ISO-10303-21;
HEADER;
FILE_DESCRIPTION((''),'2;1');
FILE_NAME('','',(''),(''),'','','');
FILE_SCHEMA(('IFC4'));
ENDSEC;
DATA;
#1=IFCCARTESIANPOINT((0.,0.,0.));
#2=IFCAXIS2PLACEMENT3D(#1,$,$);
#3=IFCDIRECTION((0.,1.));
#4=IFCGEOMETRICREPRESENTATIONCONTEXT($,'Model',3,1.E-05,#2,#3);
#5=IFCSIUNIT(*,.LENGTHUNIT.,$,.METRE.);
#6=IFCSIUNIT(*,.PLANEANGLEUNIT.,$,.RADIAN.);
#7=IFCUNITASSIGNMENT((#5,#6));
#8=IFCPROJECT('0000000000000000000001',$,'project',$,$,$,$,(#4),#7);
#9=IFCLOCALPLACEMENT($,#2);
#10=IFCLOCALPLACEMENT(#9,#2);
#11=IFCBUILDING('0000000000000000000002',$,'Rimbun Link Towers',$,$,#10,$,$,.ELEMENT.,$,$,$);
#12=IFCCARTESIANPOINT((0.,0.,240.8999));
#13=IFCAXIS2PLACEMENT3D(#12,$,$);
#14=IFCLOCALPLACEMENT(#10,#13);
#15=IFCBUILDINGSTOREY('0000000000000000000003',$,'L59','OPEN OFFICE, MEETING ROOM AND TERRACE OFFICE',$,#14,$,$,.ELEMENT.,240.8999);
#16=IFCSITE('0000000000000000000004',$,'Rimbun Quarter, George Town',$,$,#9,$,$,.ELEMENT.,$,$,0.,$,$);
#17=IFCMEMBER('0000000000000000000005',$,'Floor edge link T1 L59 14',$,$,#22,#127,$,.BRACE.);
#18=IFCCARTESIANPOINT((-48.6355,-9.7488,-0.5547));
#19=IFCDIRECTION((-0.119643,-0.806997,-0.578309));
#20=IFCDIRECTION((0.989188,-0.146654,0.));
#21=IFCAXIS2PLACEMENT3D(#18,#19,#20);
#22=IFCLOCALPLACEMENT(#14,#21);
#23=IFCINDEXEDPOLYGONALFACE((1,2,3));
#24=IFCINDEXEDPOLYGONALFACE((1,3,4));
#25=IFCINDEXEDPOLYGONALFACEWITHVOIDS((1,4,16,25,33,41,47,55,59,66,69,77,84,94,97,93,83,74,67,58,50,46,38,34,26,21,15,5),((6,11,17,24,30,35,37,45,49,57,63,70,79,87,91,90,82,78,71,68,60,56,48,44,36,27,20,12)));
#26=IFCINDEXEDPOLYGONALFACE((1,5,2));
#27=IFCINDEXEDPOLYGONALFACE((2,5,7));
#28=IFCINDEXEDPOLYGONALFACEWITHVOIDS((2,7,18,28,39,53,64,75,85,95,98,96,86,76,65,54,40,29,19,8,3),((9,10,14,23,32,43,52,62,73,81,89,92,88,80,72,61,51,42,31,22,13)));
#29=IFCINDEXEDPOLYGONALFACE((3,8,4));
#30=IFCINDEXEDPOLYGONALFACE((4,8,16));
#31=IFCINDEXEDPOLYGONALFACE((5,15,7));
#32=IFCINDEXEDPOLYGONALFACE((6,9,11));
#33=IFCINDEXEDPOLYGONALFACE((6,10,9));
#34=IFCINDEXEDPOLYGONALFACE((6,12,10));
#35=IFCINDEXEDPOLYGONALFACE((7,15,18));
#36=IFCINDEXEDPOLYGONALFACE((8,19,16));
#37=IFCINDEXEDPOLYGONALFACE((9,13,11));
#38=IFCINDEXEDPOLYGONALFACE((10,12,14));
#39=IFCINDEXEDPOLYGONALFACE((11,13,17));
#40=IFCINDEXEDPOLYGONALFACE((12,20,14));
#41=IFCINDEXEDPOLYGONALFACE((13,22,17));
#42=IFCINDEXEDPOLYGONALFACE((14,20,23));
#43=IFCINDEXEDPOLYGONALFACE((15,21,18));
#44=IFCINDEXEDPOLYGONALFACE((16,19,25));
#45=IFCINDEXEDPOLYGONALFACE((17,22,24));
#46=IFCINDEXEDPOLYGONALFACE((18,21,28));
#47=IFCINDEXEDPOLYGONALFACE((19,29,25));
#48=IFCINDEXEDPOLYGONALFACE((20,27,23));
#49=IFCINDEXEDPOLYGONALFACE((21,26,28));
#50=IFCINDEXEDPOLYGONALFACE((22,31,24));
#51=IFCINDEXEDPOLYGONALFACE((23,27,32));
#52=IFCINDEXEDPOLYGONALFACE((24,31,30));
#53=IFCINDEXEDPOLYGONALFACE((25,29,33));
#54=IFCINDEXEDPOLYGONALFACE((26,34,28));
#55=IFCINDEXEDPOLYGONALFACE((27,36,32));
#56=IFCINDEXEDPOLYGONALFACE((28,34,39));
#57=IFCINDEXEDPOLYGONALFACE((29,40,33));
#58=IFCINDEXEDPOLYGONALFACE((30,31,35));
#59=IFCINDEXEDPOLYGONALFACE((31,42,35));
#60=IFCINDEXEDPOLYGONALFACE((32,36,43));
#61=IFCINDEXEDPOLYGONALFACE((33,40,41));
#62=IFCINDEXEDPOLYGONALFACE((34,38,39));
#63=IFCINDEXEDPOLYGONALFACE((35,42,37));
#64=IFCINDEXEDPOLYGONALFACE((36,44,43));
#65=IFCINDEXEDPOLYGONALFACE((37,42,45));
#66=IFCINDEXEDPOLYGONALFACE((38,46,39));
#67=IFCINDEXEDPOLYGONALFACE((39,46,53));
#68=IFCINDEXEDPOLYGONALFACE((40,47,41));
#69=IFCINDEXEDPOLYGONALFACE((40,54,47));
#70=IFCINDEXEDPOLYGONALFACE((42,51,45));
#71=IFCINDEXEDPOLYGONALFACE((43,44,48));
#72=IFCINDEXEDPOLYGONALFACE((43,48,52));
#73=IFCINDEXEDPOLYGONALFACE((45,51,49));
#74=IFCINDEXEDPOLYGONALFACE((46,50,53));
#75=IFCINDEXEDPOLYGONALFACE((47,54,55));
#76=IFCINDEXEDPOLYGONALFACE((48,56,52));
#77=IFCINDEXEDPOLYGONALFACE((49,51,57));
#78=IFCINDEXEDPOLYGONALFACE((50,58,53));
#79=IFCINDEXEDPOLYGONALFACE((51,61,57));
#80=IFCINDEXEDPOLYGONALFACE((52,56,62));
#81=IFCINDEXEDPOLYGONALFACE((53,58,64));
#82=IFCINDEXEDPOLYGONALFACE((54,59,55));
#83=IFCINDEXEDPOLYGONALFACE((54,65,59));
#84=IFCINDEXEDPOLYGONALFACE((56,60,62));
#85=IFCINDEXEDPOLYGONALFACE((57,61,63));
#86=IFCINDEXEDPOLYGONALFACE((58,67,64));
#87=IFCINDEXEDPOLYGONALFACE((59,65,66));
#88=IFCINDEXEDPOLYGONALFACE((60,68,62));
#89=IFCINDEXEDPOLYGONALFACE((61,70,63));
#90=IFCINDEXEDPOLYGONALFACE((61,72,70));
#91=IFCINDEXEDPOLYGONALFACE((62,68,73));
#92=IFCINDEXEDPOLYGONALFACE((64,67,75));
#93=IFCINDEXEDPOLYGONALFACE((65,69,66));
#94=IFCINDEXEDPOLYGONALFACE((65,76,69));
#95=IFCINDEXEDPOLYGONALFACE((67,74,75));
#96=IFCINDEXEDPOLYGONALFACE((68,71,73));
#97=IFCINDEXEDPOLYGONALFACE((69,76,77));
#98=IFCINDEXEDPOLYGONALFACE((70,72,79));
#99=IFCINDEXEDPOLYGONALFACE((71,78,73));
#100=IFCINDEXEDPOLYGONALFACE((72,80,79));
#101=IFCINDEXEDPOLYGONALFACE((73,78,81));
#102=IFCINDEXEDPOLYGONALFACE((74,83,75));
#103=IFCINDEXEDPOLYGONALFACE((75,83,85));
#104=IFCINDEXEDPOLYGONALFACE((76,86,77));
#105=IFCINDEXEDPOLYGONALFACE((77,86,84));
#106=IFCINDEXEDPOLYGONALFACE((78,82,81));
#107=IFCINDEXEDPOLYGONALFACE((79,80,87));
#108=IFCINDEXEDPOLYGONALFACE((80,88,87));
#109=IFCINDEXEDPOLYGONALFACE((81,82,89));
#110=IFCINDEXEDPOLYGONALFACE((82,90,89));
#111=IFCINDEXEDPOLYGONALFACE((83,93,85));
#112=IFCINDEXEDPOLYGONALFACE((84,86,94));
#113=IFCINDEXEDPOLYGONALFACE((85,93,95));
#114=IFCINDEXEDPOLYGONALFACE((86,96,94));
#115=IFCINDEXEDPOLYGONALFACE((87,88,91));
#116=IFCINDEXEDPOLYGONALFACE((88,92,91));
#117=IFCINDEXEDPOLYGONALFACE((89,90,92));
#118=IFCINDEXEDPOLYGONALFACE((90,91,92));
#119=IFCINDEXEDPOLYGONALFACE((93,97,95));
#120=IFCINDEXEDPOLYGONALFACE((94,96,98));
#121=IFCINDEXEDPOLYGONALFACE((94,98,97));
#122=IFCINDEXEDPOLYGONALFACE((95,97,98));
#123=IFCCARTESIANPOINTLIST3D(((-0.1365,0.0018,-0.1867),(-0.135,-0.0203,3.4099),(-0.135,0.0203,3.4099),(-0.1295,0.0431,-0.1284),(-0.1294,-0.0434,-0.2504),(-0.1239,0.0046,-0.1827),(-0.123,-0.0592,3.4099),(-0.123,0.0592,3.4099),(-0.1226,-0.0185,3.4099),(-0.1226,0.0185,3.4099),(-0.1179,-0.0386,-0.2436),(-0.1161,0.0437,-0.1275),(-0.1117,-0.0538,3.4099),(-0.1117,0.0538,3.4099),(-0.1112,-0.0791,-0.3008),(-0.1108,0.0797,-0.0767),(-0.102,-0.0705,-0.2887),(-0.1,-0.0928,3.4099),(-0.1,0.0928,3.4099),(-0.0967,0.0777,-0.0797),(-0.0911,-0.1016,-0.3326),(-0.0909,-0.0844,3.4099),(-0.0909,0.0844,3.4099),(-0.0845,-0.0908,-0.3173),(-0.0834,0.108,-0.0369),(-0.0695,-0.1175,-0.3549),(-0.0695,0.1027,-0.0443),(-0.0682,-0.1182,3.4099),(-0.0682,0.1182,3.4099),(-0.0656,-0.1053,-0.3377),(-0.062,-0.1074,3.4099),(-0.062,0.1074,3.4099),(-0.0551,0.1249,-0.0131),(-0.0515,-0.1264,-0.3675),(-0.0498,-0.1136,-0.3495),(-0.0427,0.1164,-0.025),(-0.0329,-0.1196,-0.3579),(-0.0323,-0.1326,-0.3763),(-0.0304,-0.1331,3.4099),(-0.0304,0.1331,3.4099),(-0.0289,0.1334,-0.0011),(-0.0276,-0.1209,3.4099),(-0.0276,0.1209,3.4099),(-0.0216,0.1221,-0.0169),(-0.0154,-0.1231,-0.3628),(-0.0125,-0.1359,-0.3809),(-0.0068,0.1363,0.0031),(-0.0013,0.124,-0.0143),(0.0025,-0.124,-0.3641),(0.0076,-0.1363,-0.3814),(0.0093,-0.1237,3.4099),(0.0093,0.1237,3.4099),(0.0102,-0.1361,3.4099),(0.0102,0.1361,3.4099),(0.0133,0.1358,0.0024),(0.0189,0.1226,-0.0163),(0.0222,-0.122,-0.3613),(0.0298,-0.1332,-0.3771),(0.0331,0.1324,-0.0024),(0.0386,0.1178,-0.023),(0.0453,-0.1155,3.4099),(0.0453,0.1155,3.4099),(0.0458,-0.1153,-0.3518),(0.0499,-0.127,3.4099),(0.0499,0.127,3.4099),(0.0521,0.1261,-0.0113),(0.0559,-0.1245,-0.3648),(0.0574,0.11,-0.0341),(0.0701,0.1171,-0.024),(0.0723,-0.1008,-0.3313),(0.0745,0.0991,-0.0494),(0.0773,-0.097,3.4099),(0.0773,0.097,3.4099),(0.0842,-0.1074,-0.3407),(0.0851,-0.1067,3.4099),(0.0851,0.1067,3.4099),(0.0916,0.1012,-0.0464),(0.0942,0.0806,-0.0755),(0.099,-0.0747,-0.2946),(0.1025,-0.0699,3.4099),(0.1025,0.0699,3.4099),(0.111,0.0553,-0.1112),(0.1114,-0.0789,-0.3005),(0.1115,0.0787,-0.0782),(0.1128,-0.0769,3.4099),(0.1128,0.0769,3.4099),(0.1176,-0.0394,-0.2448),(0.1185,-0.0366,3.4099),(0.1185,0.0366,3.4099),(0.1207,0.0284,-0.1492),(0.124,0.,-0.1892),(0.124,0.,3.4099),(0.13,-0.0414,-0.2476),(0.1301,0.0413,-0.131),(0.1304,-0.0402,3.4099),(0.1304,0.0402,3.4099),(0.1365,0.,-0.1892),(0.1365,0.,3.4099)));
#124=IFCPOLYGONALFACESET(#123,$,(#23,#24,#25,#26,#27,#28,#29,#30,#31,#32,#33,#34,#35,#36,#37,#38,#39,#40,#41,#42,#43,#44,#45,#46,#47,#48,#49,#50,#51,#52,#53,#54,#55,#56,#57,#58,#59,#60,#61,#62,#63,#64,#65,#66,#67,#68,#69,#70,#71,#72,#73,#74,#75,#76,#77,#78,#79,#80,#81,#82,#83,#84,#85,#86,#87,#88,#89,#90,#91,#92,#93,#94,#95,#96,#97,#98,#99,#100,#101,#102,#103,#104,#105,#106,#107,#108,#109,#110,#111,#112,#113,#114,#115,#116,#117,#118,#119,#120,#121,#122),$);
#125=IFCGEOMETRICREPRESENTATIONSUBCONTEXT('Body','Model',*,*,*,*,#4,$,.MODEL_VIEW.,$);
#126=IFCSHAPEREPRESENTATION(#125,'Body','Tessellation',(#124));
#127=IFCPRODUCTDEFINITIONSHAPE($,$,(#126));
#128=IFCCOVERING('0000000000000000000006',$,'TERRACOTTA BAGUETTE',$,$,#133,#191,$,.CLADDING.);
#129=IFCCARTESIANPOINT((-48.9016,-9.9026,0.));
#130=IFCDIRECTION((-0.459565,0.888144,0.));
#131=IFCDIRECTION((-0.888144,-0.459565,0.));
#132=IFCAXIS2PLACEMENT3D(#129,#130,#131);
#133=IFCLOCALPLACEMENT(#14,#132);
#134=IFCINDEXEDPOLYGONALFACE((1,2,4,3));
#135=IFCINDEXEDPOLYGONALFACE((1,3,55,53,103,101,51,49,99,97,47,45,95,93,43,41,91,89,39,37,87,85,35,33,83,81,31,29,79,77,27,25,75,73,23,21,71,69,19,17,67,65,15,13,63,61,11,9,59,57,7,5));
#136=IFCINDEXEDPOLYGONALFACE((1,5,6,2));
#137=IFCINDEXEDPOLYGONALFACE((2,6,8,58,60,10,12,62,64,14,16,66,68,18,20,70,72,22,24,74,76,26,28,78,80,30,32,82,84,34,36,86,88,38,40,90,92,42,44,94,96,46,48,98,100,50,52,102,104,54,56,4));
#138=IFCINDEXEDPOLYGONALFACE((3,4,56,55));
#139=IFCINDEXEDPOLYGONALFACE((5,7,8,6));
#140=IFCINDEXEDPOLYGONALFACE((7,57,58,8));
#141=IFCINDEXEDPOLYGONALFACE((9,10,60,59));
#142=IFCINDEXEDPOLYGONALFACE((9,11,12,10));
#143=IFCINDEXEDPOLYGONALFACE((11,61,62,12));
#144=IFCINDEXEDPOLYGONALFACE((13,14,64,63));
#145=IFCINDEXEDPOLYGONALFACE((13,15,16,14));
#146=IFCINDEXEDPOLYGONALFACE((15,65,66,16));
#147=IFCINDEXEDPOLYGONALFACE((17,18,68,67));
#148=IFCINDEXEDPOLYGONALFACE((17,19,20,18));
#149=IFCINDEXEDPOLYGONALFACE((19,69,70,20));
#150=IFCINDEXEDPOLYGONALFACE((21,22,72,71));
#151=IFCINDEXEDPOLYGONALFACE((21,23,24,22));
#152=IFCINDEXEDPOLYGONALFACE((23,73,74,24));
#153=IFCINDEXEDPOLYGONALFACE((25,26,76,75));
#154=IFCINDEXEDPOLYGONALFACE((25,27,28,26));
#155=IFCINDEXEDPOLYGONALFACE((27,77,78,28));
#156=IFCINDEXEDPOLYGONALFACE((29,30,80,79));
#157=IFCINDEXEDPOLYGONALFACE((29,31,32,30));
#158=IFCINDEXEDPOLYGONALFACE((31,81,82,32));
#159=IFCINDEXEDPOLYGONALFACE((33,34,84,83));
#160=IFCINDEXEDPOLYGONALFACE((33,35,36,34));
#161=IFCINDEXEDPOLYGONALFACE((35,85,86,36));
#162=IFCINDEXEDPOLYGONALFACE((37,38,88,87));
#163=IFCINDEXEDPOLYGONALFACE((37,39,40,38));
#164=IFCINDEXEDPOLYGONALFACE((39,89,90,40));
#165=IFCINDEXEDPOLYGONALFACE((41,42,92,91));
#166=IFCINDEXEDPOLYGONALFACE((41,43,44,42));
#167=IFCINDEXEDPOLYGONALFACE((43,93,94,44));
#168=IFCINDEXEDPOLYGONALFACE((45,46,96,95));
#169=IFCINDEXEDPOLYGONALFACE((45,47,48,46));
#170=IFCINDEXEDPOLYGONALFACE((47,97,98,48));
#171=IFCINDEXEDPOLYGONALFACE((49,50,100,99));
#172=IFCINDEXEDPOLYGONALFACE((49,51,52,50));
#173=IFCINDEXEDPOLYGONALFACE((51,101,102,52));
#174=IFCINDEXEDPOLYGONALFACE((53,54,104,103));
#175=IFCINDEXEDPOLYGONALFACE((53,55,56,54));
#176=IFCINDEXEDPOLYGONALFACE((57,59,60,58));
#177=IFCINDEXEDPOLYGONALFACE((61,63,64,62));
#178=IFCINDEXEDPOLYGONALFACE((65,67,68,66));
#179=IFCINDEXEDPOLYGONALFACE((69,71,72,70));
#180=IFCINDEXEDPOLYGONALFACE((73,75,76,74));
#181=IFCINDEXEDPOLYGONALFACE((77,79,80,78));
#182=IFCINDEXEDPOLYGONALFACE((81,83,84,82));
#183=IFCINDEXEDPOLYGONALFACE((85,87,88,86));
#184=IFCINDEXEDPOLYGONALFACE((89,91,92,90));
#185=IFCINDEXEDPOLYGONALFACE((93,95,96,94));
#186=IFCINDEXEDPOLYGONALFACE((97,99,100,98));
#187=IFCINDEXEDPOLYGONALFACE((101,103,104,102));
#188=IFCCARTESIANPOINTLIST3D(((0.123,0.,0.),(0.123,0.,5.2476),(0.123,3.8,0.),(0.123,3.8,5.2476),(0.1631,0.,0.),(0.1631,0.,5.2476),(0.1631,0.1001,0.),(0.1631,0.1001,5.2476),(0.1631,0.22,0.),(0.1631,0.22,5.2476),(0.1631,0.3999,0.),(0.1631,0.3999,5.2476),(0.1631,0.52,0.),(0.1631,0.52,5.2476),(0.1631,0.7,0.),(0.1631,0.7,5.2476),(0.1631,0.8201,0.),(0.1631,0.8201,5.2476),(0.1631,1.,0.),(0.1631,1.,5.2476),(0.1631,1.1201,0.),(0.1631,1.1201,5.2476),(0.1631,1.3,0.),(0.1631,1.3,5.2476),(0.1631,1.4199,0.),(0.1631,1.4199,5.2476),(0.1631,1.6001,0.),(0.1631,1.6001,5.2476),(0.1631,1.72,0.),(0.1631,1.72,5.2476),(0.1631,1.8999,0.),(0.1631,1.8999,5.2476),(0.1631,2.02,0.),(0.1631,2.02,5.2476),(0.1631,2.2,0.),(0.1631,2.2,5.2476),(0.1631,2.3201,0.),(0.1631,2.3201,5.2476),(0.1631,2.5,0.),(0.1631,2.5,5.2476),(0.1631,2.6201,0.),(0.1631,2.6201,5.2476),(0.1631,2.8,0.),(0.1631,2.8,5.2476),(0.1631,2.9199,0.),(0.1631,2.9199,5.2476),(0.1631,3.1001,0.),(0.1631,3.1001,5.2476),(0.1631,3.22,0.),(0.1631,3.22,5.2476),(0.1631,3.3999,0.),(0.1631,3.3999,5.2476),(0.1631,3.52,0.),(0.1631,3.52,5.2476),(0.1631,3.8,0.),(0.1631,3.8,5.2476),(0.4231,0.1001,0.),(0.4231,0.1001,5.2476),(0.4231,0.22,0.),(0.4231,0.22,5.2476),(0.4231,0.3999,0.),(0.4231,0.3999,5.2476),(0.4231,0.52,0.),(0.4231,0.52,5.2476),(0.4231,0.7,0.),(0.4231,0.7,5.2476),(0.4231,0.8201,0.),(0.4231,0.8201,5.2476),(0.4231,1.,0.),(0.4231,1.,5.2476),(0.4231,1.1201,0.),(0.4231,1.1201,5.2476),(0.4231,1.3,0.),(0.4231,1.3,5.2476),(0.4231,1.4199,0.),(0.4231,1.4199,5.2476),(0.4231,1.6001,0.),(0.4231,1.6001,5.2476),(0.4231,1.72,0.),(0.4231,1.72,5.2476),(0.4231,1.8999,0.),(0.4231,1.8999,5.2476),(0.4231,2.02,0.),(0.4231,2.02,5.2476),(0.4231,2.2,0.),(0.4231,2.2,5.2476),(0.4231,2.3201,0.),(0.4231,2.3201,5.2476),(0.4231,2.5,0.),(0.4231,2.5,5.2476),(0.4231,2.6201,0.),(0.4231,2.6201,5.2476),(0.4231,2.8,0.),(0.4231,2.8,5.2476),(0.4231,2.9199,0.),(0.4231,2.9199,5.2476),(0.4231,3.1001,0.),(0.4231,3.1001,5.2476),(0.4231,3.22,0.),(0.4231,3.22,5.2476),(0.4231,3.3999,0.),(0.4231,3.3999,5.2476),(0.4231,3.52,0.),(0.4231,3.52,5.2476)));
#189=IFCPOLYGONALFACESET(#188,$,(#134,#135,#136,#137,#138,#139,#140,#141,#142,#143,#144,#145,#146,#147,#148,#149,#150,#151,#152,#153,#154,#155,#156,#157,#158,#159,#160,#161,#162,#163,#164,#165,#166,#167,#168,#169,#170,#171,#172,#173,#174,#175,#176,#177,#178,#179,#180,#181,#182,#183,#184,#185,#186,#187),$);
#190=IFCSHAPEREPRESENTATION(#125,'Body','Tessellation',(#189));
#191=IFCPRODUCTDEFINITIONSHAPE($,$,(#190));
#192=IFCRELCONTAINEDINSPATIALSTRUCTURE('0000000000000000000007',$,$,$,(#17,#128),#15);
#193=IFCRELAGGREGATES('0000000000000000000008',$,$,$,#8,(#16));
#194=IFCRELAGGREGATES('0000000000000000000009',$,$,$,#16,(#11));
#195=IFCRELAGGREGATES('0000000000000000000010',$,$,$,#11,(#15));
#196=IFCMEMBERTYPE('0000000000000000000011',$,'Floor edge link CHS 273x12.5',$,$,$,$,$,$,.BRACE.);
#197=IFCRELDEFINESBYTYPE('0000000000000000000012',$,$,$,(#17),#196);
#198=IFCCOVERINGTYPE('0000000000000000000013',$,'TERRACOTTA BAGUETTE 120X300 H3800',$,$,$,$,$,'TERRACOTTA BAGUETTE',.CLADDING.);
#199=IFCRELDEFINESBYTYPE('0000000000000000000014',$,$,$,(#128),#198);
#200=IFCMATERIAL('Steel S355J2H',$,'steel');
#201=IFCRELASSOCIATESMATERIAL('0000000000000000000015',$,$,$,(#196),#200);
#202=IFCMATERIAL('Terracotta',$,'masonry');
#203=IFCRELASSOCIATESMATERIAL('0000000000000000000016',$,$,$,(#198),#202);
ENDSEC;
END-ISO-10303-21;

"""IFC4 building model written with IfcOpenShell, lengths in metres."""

from ifc_helpers import new_model, si_unit, direction, frame, origin, origin_2d, place, context, subcontext, project, spatial, polyline, hollow_circle, outline, extrude, clip, halfspace, material, material_profile, profile_set, type_object, element, save


model = new_model("IFC4")

# Units and contexts
model_context = context("Model", 3, precision=1e-05, world=origin(), true_north=direction((0.0, 1.0)))
body_context = subcontext(model_context, "Body", "Model", "MODEL_VIEW")
ifc_project = project(units=[si_unit("LENGTHUNIT", "METRE"), si_unit("PLANEANGLEUNIT", "RADIAN")], contexts=[model_context])

# Site, building, storey
site_placement = place(None, origin())
site = spatial("IfcSite", under=ifc_project, at=site_placement, Name="Rimbun Quarter, George Town", CompositionType="ELEMENT", RefElevation=0.0)
building_placement = place(site_placement, origin())
building = spatial("IfcBuilding", under=site, at=building_placement, Name="Rimbun Link Towers", CompositionType="ELEMENT")
storey_placement = place(building_placement, frame((0.0, 0.0, 240.8999)))
storey = spatial("IfcBuildingStorey", under=building, at=storey_placement, Name="L59", Description="OPEN OFFICE, MEETING ROOM AND TERRACE OFFICE", CompositionType="ELEMENT", Elevation=240.8999)

# Member
ifc_material_1 = material(Name="Steel S355J2H", Category="steel")
ifc_material_profile_1 = material_profile(ifc_material_1, hollow_circle(Radius=0.1365, WallThickness=0.0125, at=origin_2d()), Name="CHS 273x12.5")
ifc_profile_set_1 = profile_set([ifc_material_profile_1], Name="Steel S355J2H")
member_type_1 = type_object("IfcMemberType", Name="Floor edge link CHS 273x12.5", PredefinedType="BRACE", material=ifc_profile_set_1)
member_1_placement = place(storey_placement, frame((-48.6355, -9.7488, -0.5547), z_axis=(-0.119643, -0.806997, -0.578309), x_axis=(0.989188, -0.146654, 0.0)))
element("IfcMember", 1, at=member_1_placement, inside=storey, type_object=member_type_1, Name="Floor edge link T1 L59 14", PredefinedType="BRACE", context=body_context, shape_type="Clipping", body=[
    clip(extrude(hollow_circle(Radius=0.1365, WallThickness=0.0125, at=origin_2d()), frame((0.0, 0.0, -0.4023)), (0.0, 0.0, 1.0), 3.8123), halfspace(frame((0.0, 0.0, -0.1892), z_axis=(0.0, 0.815818, -0.578309)), False)),
])

# Covering
ifc_material_2 = material(Name="Terracotta", Category="masonry")
ifc_material_profile_2 = material_profile(ifc_material_2, outline(polyline([(0.123, 0.0), (0.1631, 0.0), (0.1631, 0.1001), (0.4231, 0.1001), (0.4231, 0.22), (0.1631, 0.22), (0.1631, 0.3999), (0.4231, 0.3999), (0.4231, 0.52), (0.1631, 0.52), (0.1631, 0.7), (0.4231, 0.7), (0.4231, 0.8201), (0.1631, 0.8201), (0.1631, 1.0), (0.4231, 1.0), (0.4231, 1.1201), (0.1631, 1.1201), (0.1631, 1.3), (0.4231, 1.3), (0.4231, 1.4199), (0.1631, 1.4199), (0.1631, 1.6001), (0.4231, 1.6001), (0.4231, 1.72), (0.1631, 1.72), (0.1631, 1.8999), (0.4231, 1.8999), (0.4231, 2.02), (0.1631, 2.02), (0.1631, 2.2), (0.4231, 2.2), (0.4231, 2.3201), (0.1631, 2.3201), (0.1631, 2.5), (0.4231, 2.5), (0.4231, 2.6201), (0.1631, 2.6201), (0.1631, 2.8), (0.4231, 2.8), (0.4231, 2.9199), (0.1631, 2.9199), (0.1631, 3.1001), (0.4231, 3.1001), (0.4231, 3.22), (0.1631, 3.22), (0.1631, 3.3999), (0.4231, 3.3999), (0.4231, 3.52), (0.1631, 3.52), (0.1631, 3.8), (0.123, 3.8), (0.123, 0.0)])), Name="BAGUETTE 120X300")
ifc_profile_set_2 = profile_set([ifc_material_profile_2], Name="Terracotta")
covering_type = type_object("IfcCoveringType", Name="TERRACOTTA BAGUETTE 120X300 H3800", ElementType="TERRACOTTA BAGUETTE", PredefinedType="CLADDING", material=ifc_profile_set_2)
covering_1_placement = place(storey_placement, frame((-48.9016, -9.9026, 0.0), z_axis=(-0.459565, 0.888144, 0.0), x_axis=(-0.888144, -0.459565, 0.0)))
element("IfcCovering", 2, at=covering_1_placement, inside=storey, type_object=covering_type, Name="TERRACOTTA BAGUETTE", PredefinedType="CLADDING", context=body_context, shape_type="SweptSolid", body=[
    extrude(outline(polyline([(0.123, 0.0), (0.1631, 0.0), (0.1631, 0.1001), (0.4231, 0.1001), (0.4231, 0.22), (0.1631, 0.22), (0.1631, 0.3999), (0.4231, 0.3999), (0.4231, 0.52), (0.1631, 0.52), (0.1631, 0.7), (0.4231, 0.7), (0.4231, 0.8201), (0.1631, 0.8201), (0.1631, 1.0), (0.4231, 1.0), (0.4231, 1.1201), (0.1631, 1.1201), (0.1631, 1.3), (0.4231, 1.3), (0.4231, 1.4199), (0.1631, 1.4199), (0.1631, 1.6001), (0.4231, 1.6001), (0.4231, 1.72), (0.1631, 1.72), (0.1631, 1.8999), (0.4231, 1.8999), (0.4231, 2.02), (0.1631, 2.02), (0.1631, 2.2), (0.4231, 2.2), (0.4231, 2.3201), (0.1631, 2.3201), (0.1631, 2.5), (0.4231, 2.5), (0.4231, 2.6201), (0.1631, 2.6201), (0.1631, 2.8), (0.4231, 2.8), (0.4231, 2.9199), (0.1631, 2.9199), (0.1631, 3.1001), (0.4231, 3.1001), (0.4231, 3.22), (0.1631, 3.22), (0.1631, 3.3999), (0.4231, 3.3999), (0.4231, 3.52), (0.1631, 3.52), (0.1631, 3.8), (0.123, 3.8), (0.123, 0.0)])), origin(), (0.0, 0.0, 1.0), 5.2476),
])

save(model, "model.ifc")
